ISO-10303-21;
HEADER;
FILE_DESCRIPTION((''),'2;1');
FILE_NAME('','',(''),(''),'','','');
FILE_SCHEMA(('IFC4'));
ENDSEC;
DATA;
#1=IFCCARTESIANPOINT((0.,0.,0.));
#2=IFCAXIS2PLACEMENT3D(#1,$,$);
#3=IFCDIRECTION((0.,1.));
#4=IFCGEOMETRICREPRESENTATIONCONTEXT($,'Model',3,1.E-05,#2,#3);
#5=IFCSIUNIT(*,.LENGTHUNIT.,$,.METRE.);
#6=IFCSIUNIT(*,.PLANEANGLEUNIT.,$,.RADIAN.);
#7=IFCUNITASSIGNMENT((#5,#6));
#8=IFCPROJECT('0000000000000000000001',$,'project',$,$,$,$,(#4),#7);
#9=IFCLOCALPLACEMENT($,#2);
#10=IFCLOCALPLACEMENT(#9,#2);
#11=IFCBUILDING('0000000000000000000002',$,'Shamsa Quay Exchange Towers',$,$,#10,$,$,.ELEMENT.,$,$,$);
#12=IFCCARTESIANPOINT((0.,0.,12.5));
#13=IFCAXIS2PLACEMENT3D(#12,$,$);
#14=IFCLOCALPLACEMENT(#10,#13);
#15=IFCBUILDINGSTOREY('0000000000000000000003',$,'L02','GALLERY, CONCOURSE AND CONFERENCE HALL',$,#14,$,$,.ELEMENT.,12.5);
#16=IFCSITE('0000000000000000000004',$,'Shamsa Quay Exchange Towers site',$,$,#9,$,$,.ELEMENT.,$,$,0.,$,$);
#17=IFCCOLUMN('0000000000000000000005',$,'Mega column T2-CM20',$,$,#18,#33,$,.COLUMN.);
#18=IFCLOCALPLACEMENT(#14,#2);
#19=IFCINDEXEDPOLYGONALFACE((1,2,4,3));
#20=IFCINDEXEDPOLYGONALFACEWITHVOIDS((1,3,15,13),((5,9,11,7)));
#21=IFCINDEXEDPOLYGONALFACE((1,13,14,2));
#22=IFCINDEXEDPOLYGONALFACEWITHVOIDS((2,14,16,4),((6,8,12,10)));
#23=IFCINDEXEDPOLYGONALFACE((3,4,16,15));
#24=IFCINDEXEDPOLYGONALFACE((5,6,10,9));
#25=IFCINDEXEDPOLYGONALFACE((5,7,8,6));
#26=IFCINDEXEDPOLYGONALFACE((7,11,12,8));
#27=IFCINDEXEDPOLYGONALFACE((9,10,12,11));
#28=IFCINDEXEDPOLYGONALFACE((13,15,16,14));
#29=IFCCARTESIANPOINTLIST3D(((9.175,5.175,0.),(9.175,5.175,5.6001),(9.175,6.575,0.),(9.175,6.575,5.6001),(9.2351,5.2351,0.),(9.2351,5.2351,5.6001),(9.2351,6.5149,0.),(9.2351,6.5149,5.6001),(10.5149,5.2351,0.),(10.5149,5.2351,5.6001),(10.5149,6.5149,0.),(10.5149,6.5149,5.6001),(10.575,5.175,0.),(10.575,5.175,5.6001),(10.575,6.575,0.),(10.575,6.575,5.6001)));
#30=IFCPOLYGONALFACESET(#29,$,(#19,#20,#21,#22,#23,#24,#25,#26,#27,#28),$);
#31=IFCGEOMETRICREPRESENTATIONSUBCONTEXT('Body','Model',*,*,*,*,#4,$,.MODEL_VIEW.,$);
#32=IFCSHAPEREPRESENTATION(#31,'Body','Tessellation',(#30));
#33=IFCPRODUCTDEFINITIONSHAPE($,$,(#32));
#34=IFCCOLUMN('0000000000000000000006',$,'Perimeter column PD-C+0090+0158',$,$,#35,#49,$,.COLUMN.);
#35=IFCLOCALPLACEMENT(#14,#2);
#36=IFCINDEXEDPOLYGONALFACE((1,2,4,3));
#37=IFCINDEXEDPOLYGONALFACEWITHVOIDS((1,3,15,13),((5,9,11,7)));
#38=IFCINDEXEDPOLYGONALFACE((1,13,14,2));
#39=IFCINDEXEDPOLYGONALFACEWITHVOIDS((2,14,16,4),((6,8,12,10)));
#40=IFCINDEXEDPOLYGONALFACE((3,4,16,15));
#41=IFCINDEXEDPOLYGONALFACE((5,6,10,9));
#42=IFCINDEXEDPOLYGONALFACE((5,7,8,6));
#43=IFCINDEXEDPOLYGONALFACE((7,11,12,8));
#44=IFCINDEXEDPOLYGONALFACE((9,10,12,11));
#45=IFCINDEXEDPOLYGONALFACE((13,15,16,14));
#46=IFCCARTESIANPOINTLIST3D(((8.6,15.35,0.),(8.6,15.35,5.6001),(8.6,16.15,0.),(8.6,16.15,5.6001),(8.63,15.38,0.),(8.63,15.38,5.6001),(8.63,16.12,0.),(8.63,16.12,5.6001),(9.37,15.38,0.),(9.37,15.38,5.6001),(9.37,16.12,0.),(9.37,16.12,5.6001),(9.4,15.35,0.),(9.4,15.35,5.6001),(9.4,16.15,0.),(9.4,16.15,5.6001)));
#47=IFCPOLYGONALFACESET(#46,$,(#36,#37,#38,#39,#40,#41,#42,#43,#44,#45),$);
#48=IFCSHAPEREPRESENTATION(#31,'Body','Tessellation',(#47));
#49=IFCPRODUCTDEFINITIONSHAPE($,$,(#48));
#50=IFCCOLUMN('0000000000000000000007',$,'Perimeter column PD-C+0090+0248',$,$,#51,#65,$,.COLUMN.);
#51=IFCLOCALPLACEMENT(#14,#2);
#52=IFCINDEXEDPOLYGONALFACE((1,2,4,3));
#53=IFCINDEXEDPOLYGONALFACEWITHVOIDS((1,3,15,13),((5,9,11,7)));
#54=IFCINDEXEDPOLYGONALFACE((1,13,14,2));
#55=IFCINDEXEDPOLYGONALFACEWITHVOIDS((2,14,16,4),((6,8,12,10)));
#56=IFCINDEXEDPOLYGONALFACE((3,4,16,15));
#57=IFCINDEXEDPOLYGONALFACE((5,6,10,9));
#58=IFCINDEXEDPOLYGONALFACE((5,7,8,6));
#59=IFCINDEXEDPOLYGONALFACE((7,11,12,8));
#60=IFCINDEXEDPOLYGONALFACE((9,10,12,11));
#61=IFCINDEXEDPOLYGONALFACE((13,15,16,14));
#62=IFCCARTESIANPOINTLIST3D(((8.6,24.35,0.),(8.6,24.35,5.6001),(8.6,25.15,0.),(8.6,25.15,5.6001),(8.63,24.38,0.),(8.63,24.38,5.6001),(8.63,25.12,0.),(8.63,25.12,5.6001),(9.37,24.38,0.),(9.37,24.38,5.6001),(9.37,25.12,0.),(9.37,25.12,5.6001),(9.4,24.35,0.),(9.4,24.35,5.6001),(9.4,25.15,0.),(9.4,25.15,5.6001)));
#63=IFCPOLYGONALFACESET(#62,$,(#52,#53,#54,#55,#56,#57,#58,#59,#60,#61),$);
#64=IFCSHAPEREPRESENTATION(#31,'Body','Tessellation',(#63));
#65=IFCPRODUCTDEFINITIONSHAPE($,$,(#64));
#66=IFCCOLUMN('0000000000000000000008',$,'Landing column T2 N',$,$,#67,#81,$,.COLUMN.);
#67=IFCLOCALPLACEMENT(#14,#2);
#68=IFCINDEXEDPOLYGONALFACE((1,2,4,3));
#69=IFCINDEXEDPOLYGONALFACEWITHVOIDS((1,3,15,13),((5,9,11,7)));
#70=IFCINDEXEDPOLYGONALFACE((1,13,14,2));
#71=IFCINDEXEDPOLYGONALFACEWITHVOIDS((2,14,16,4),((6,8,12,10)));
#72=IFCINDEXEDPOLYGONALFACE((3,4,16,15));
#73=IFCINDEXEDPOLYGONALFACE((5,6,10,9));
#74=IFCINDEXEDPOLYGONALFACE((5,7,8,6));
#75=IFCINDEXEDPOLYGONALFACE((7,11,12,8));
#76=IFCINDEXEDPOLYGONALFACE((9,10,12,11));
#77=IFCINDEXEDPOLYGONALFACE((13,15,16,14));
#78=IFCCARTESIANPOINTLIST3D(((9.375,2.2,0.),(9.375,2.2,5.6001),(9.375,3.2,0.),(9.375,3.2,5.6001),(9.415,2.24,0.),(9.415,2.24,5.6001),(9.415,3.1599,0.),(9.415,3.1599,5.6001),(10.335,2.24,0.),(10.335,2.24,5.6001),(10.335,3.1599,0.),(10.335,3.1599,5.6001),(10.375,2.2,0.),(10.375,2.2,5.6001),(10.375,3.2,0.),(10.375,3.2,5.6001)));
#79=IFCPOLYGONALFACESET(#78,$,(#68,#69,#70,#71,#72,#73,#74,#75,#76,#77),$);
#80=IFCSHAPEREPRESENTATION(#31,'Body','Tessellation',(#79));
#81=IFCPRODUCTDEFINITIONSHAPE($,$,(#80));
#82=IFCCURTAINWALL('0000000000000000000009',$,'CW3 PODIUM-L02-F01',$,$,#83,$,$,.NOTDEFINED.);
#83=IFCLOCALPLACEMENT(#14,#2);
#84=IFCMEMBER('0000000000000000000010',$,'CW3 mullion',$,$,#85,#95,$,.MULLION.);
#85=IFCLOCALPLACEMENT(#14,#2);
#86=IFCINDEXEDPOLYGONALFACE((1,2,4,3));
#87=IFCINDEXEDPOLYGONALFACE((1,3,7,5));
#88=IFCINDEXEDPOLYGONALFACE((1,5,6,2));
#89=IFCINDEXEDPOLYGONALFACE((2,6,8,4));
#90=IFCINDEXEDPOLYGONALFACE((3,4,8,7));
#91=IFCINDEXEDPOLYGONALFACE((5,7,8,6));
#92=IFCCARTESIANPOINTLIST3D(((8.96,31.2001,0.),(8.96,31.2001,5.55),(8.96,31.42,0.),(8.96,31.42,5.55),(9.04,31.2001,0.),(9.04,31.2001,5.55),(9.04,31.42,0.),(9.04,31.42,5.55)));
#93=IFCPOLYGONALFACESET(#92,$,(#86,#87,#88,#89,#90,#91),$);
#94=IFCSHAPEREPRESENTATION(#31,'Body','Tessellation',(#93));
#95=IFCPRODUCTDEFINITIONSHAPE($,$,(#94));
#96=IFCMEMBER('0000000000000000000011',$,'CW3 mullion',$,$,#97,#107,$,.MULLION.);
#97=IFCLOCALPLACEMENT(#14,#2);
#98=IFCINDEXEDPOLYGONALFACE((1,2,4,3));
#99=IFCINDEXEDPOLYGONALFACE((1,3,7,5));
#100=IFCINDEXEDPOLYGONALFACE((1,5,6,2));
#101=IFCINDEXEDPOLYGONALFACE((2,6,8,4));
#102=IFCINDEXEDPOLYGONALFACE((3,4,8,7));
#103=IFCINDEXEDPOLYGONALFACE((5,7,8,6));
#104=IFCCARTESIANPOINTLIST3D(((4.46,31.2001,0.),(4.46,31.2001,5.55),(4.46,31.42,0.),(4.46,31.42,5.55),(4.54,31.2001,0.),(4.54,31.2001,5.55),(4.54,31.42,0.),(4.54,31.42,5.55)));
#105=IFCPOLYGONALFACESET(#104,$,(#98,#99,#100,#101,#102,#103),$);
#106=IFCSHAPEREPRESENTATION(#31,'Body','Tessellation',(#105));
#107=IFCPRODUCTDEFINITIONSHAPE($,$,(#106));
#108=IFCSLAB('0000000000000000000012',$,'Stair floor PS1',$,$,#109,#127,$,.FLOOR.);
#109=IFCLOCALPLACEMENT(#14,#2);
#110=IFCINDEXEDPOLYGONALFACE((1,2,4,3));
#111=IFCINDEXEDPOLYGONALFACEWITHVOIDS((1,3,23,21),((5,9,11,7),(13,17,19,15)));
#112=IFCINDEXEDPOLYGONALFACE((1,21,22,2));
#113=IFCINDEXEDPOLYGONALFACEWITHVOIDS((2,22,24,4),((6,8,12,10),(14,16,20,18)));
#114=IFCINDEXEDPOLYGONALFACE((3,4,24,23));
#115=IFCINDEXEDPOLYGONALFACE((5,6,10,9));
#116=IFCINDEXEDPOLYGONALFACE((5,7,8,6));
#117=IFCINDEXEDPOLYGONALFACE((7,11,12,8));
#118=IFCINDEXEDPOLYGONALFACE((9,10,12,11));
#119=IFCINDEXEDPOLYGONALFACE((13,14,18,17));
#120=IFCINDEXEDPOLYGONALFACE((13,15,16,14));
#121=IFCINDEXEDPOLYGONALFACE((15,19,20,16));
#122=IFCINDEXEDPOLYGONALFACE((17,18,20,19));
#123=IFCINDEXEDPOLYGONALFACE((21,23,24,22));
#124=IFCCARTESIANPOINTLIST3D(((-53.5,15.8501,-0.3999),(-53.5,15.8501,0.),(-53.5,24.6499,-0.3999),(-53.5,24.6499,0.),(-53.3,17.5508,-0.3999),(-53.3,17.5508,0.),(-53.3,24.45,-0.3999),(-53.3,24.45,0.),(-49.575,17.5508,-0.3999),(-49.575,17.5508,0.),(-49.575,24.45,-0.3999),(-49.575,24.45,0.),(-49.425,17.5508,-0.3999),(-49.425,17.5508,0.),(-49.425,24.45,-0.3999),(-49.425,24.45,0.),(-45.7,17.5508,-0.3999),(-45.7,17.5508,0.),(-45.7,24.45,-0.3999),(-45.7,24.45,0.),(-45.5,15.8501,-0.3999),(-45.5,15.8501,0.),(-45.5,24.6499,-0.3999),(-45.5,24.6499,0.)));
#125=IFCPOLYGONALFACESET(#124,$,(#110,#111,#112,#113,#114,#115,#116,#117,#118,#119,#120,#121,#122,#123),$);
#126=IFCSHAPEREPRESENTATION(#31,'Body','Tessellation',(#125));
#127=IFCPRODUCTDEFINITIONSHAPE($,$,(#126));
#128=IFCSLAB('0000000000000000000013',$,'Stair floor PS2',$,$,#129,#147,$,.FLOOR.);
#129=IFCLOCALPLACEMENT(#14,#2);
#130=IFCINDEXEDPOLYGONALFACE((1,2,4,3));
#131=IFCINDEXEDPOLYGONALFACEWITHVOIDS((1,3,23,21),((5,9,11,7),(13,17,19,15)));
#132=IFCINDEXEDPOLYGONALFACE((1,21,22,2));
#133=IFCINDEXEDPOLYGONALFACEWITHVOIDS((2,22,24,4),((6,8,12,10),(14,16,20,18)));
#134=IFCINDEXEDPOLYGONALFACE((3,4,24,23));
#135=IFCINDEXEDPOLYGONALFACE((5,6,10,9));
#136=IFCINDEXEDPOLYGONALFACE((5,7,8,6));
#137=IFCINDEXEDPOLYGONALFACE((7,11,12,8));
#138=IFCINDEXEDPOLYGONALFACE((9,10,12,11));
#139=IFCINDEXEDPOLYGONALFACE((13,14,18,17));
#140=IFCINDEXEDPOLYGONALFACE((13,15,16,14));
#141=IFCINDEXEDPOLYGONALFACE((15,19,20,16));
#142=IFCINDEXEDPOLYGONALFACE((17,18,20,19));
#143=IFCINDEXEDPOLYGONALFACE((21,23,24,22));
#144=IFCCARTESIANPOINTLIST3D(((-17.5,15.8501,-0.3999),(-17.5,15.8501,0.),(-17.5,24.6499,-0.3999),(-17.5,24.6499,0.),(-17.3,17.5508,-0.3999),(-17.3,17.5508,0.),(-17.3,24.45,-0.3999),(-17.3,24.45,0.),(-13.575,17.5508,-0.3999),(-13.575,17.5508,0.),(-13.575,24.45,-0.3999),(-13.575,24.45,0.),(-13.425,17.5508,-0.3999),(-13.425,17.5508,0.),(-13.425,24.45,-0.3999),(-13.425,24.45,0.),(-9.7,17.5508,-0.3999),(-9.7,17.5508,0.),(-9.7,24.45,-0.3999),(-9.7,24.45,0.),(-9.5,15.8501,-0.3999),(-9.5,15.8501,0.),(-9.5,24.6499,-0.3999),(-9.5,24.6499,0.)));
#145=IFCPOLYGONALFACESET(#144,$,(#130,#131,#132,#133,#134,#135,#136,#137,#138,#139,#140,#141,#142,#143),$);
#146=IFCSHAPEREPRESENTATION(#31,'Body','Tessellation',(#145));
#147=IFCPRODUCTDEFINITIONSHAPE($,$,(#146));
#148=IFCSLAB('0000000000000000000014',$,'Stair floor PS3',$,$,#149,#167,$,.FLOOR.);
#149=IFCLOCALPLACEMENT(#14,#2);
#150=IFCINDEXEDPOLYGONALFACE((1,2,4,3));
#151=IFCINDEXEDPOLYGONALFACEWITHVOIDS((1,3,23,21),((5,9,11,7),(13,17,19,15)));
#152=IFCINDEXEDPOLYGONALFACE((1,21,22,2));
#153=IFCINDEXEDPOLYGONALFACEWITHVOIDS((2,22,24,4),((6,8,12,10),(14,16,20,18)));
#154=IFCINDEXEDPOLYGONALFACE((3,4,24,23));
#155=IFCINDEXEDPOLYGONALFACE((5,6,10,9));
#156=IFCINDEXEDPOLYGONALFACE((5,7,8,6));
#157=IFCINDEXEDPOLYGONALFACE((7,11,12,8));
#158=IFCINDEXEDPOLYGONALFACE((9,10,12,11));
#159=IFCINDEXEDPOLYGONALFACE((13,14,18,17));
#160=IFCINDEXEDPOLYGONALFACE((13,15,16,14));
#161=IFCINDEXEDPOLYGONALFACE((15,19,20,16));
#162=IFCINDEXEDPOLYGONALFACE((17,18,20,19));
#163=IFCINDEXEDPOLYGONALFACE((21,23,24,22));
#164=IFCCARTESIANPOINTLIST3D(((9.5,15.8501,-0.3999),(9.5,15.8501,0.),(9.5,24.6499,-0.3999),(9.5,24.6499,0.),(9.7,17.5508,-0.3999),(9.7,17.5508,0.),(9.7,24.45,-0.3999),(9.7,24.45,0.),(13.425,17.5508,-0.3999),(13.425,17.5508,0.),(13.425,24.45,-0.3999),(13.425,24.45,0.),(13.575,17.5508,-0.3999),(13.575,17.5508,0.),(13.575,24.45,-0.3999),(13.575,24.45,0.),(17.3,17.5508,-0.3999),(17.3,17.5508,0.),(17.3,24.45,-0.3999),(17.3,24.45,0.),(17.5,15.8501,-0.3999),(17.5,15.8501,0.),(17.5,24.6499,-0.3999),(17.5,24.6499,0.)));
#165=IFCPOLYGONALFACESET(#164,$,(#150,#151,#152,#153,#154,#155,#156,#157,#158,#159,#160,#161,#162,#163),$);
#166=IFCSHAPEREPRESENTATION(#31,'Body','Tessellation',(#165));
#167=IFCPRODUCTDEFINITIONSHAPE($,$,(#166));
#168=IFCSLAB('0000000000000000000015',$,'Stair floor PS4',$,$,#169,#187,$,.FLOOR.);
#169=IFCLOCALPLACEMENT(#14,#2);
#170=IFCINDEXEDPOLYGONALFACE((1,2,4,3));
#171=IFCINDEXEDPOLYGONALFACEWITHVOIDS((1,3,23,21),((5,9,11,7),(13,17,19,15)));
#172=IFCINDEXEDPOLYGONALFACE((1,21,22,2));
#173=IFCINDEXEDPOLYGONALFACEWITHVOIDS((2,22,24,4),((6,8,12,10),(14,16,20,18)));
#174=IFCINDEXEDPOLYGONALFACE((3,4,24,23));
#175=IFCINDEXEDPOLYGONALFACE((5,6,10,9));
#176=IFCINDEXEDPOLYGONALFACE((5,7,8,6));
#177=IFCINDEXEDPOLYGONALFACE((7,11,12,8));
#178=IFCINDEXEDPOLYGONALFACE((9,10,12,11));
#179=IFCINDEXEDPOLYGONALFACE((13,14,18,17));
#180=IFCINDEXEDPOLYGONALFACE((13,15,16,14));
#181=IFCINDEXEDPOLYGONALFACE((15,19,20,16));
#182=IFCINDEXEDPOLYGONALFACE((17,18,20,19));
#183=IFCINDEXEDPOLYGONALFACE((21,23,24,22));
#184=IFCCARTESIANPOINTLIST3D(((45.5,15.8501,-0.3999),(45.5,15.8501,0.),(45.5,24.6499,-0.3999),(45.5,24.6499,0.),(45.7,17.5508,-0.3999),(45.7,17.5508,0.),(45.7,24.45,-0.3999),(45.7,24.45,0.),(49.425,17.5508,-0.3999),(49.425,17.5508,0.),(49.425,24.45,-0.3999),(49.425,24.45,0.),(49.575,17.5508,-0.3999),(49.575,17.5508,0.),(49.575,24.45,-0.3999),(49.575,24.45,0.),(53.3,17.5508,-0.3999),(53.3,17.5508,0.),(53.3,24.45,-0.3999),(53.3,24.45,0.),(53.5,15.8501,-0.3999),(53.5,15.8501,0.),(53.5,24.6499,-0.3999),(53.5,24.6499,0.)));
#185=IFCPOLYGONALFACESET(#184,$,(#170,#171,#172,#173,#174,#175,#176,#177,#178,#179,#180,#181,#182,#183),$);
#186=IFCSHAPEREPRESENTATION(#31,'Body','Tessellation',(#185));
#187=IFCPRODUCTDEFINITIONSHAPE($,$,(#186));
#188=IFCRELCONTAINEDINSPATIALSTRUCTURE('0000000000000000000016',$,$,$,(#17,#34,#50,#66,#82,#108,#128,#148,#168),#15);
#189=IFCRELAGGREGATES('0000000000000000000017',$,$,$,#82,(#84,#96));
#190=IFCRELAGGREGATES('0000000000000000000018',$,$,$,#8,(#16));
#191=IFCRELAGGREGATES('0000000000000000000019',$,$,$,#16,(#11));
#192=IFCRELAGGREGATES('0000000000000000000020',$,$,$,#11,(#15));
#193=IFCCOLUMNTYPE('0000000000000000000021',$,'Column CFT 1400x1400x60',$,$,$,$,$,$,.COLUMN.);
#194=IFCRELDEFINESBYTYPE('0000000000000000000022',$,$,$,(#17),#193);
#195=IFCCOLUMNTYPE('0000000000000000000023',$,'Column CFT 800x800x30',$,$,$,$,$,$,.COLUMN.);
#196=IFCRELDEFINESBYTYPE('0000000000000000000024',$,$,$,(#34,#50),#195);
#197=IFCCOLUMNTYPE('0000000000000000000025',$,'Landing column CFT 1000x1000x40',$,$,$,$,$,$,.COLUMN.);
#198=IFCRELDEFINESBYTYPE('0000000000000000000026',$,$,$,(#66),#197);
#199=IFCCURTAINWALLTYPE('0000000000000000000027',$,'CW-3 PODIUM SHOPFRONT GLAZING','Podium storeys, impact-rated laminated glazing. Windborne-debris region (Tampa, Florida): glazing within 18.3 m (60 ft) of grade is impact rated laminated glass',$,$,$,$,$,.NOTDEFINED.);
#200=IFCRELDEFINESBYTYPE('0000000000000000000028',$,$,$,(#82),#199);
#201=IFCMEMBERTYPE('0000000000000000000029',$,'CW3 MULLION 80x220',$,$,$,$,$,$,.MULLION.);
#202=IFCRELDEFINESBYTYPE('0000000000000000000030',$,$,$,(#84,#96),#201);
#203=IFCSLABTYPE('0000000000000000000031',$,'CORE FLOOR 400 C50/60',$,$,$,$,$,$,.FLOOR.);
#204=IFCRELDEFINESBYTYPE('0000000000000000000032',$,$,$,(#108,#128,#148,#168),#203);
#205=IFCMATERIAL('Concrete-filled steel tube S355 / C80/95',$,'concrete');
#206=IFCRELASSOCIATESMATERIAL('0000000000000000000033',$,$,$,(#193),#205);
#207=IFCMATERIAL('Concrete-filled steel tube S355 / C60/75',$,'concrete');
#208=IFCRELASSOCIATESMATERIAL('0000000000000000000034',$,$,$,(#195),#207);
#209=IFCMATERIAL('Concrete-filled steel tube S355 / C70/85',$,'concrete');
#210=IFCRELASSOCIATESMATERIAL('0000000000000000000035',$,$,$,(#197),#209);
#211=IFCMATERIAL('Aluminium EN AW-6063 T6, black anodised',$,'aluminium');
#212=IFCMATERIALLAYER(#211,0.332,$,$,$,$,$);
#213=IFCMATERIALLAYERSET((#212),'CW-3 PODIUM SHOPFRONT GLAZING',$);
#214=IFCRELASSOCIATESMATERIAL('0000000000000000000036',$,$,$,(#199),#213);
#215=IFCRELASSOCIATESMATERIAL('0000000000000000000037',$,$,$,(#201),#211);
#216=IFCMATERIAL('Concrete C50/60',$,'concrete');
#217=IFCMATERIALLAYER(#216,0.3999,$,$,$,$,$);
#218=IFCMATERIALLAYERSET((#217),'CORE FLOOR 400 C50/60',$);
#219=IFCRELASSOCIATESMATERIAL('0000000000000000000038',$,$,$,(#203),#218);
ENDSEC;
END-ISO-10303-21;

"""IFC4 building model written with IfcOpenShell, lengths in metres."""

from ifc_helpers import new_model, si_unit, direction, frame, origin, origin_2d, place, context, subcontext, project, spatial, polyline, rectangle, hollow_rectangle, outline, extrude, material, layer, layer_set, material_profile, profile_set, type_object, element, aggregate, save


model = new_model("IFC4")

# Units and contexts
model_context = context("Model", 3, precision=1e-05, world=origin(), true_north=direction((0.0, 1.0)))
body_context = subcontext(model_context, "Body", "Model", "MODEL_VIEW")
ifc_project = project(units=[si_unit("LENGTHUNIT", "METRE"), si_unit("PLANEANGLEUNIT", "RADIAN")], contexts=[model_context])

# Site, building, storey
site_placement = place(None, origin())
site = spatial("IfcSite", under=ifc_project, at=site_placement, Name="Shamsa Quay Exchange Towers site", CompositionType="ELEMENT", RefElevation=0.0)
building_placement = place(site_placement, origin())
building = spatial("IfcBuilding", under=site, at=building_placement, Name="Shamsa Quay Exchange Towers", CompositionType="ELEMENT")
storey_placement = place(building_placement, frame((0.0, 0.0, 12.5)))
storey = spatial("IfcBuildingStorey", under=building, at=storey_placement, Name="L02", Description="GALLERY, CONCOURSE AND CONFERENCE HALL", CompositionType="ELEMENT", Elevation=12.5)

# Columns
ifc_material_1 = material(Name="Concrete-filled steel tube S355 / C80/95", Category="concrete")
ifc_material_profile_1 = material_profile(ifc_material_1, hollow_rectangle(XDim=1.3999, YDim=1.3999, WallThickness=0.0601, at=origin_2d()), Name="CFT 1400x1400x60")
ifc_profile_set_1 = profile_set([ifc_material_profile_1], Name="Concrete-filled steel tube S355 / C80/95")
column_type_1 = type_object("IfcColumnType", Name="Column CFT 1400x1400x60", PredefinedType="COLUMN", material=ifc_profile_set_1)
column_1_placement = place(storey_placement, frame((9.875, 5.875, 0.0)))
element("IfcColumn", 1, at=column_1_placement, inside=storey, type_object=column_type_1, Name="Mega column T2-CM20", PredefinedType="COLUMN", context=body_context, shape_type="SweptSolid", body=[
    extrude(hollow_rectangle(XDim=1.3999, YDim=1.3999, WallThickness=0.0601, at=origin_2d()), origin(), (0.0, 0.0, 1.0), 5.6001),
])
ifc_material_2 = material(Name="Concrete-filled steel tube S355 / C60/75", Category="concrete")
ifc_material_profile_2 = material_profile(ifc_material_2, hollow_rectangle(XDim=0.8, YDim=0.8, WallThickness=0.03, at=origin_2d()), Name="CFT 800x800x30")
ifc_profile_set_2 = profile_set([ifc_material_profile_2], Name="Concrete-filled steel tube S355 / C60/75")
column_type_2 = type_object("IfcColumnType", Name="Column CFT 800x800x30", PredefinedType="COLUMN", material=ifc_profile_set_2)
for number, where, name in (
    (2, (9.0, 15.75, 0.0), "Perimeter column PD-C+0090+0158"),
    (3, (9.0, 24.75, 0.0), "Perimeter column PD-C+0090+0248"),
):
    element("IfcColumn", number, at=place(storey_placement, frame(where)), inside=storey, type_object=column_type_2, Name=name, PredefinedType="COLUMN", context=body_context, shape_type="SweptSolid", body=[
        extrude(hollow_rectangle(XDim=0.8, YDim=0.8, WallThickness=0.03, at=origin_2d()), origin(), (0.0, 0.0, 1.0), 5.6001),
    ])
ifc_material_3 = material(Name="Concrete-filled steel tube S355 / C70/85", Category="concrete")
ifc_material_profile_3 = material_profile(ifc_material_3, hollow_rectangle(XDim=1.0, YDim=1.0, WallThickness=0.04, at=origin_2d()), Name="CFT 1000x1000x40")
ifc_profile_set_3 = profile_set([ifc_material_profile_3], Name="Concrete-filled steel tube S355 / C70/85")
column_type_3 = type_object("IfcColumnType", Name="Landing column CFT 1000x1000x40", PredefinedType="COLUMN", material=ifc_profile_set_3)
column_2_placement = place(storey_placement, frame((9.875, 2.7, 0.0)))
element("IfcColumn", 4, at=column_2_placement, inside=storey, type_object=column_type_3, Name="Landing column T2 N", PredefinedType="COLUMN", context=body_context, shape_type="SweptSolid", body=[
    extrude(hollow_rectangle(XDim=1.0, YDim=1.0, WallThickness=0.04, at=origin_2d()), origin(), (0.0, 0.0, 1.0), 5.6001),
])

# Curtain wall, members
ifc_material_4 = material(Name="Aluminium EN AW-6063 T6, black anodised", Category="aluminium")
ifc_layer_1 = layer(ifc_material_4, 0.332)
ifc_layer_set_1 = layer_set([ifc_layer_1], Name="CW-3 PODIUM SHOPFRONT GLAZING")
curtain_wall_type = type_object("IfcCurtainWallType", Name="CW-3 PODIUM SHOPFRONT GLAZING", Description="Podium storeys, impact-rated laminated glazing. Windborne-debris region (Tampa, Florida): glazing within 18.3 m (60 ft) of grade is impact rated laminated glass", PredefinedType="NOTDEFINED", material=ifc_layer_set_1)
curtain_wall_placement = place(storey_placement, origin())
curtain_wall = element("IfcCurtainWall", 5, at=curtain_wall_placement, inside=storey, type_object=curtain_wall_type, Name="CW3 PODIUM-L02-F01", PredefinedType="NOTDEFINED")
ifc_material_profile_4 = material_profile(ifc_material_4, rectangle(XDim=0.22, YDim=0.0801, at=origin_2d()), Name="MU80x220")
ifc_profile_set_4 = profile_set([ifc_material_profile_4], Name="Aluminium EN AW-6063 T6, black anodised")
member_type = type_object("IfcMemberType", Name="CW3 MULLION 80x220", PredefinedType="MULLION", material=ifc_profile_set_4)
member_1_placement = place(storey_placement, frame((9.0, 31.3101, 0.0), z_axis=(0.0, 0.0, 1.0), x_axis=(0.0, -1.0, 0.0)))
member_1 = element("IfcMember", 6, at=member_1_placement, type_object=member_type, Name="CW3 mullion", PredefinedType="MULLION", context=body_context, shape_type="SweptSolid", body=[
    extrude(rectangle(XDim=0.22, YDim=0.0801, at=origin_2d()), origin(), (0.0, 0.0, 1.0), 5.55),
])
member_2_placement = place(storey_placement, frame((4.5, 31.3101, 0.0), z_axis=(0.0, 0.0, 1.0), x_axis=(0.0, -1.0, 0.0)))
member_2 = element("IfcMember", 7, at=member_2_placement, type_object=member_type, Name="CW3 mullion", PredefinedType="MULLION", context=body_context, shape_type="SweptSolid", body=[
    extrude(rectangle(XDim=0.22, YDim=0.0801, at=origin_2d()), origin(), (0.0, 0.0, 1.0), 5.55),
])

# Slabs
ifc_material_5 = material(Name="Concrete C50/60", Category="concrete")
ifc_layer_2 = layer(ifc_material_5, 0.3999)
ifc_layer_set_2 = layer_set([ifc_layer_2], Name="CORE FLOOR 400 C50/60")
slab_type_1 = type_object("IfcSlabType", Name="CORE FLOOR 400 C50/60", PredefinedType="FLOOR", material=ifc_layer_set_2)
slab_1_placement = place(storey_placement, frame((0.0, 0.0, -0.3999)))
element("IfcSlab", 8, at=slab_1_placement, inside=storey, type_object=slab_type_1, Name="Stair floor PS1", PredefinedType="FLOOR", context=body_context, shape_type="SweptSolid", body=[
    extrude(outline(polyline([(-53.5, 15.8501), (-45.5, 15.8501), (-45.5, 24.6499), (-53.5, 24.6499), (-53.5, 15.8501)]), holes=[polyline([(-49.575, 17.5508), (-53.3, 17.5508), (-53.3, 24.45), (-49.575, 24.45), (-49.575, 17.5508)]), polyline([(-45.7, 17.5508), (-49.425, 17.5508), (-49.425, 24.45), (-45.7, 24.45), (-45.7, 17.5508)])]), origin(), (0.0, 0.0, 1.0), 0.3999),
])
slab_2_placement = place(storey_placement, frame((0.0, 0.0, -0.3999)))
element("IfcSlab", 9, at=slab_2_placement, inside=storey, type_object=slab_type_1, Name="Stair floor PS2", PredefinedType="FLOOR", context=body_context, shape_type="SweptSolid", body=[
    extrude(outline(polyline([(-17.5, 15.8501), (-9.5, 15.8501), (-9.5, 24.6499), (-17.5, 24.6499), (-17.5, 15.8501)]), holes=[polyline([(-13.575, 17.5508), (-17.3, 17.5508), (-17.3, 24.45), (-13.575, 24.45), (-13.575, 17.5508)]), polyline([(-9.7, 17.5508), (-13.425, 17.5508), (-13.425, 24.45), (-9.7, 24.45), (-9.7, 17.5508)])]), origin(), (0.0, 0.0, 1.0), 0.3999),
])
slab_3_placement = place(storey_placement, frame((0.0, 0.0, -0.3999)))
element("IfcSlab", 10, at=slab_3_placement, inside=storey, type_object=slab_type_1, Name="Stair floor PS3", PredefinedType="FLOOR", context=body_context, shape_type="SweptSolid", body=[
    extrude(outline(polyline([(9.5, 15.8501), (17.5, 15.8501), (17.5, 24.6499), (9.5, 24.6499), (9.5, 15.8501)]), holes=[polyline([(13.425, 17.5508), (9.7, 17.5508), (9.7, 24.45), (13.425, 24.45), (13.425, 17.5508)]), polyline([(17.3, 17.5508), (13.575, 17.5508), (13.575, 24.45), (17.3, 24.45), (17.3, 17.5508)])]), origin(), (0.0, 0.0, 1.0), 0.3999),
])
slab_4_placement = place(storey_placement, frame((0.0, 0.0, -0.3999)))
element("IfcSlab", 11, at=slab_4_placement, inside=storey, type_object=slab_type_1, Name="Stair floor PS4", PredefinedType="FLOOR", context=body_context, shape_type="SweptSolid", body=[
    extrude(outline(polyline([(45.5, 15.8501), (53.5, 15.8501), (53.5, 24.6499), (45.5, 24.6499), (45.5, 15.8501)]), holes=[polyline([(49.425, 17.5508), (45.7, 17.5508), (45.7, 24.45), (49.425, 24.45), (49.425, 17.5508)]), polyline([(53.3, 17.5508), (49.575, 17.5508), (49.575, 24.45), (53.3, 24.45), (53.3, 17.5508)])]), origin(), (0.0, 0.0, 1.0), 0.3999),
])

aggregate(curtain_wall, [member_1, member_2])

save(model, "model.ifc")
